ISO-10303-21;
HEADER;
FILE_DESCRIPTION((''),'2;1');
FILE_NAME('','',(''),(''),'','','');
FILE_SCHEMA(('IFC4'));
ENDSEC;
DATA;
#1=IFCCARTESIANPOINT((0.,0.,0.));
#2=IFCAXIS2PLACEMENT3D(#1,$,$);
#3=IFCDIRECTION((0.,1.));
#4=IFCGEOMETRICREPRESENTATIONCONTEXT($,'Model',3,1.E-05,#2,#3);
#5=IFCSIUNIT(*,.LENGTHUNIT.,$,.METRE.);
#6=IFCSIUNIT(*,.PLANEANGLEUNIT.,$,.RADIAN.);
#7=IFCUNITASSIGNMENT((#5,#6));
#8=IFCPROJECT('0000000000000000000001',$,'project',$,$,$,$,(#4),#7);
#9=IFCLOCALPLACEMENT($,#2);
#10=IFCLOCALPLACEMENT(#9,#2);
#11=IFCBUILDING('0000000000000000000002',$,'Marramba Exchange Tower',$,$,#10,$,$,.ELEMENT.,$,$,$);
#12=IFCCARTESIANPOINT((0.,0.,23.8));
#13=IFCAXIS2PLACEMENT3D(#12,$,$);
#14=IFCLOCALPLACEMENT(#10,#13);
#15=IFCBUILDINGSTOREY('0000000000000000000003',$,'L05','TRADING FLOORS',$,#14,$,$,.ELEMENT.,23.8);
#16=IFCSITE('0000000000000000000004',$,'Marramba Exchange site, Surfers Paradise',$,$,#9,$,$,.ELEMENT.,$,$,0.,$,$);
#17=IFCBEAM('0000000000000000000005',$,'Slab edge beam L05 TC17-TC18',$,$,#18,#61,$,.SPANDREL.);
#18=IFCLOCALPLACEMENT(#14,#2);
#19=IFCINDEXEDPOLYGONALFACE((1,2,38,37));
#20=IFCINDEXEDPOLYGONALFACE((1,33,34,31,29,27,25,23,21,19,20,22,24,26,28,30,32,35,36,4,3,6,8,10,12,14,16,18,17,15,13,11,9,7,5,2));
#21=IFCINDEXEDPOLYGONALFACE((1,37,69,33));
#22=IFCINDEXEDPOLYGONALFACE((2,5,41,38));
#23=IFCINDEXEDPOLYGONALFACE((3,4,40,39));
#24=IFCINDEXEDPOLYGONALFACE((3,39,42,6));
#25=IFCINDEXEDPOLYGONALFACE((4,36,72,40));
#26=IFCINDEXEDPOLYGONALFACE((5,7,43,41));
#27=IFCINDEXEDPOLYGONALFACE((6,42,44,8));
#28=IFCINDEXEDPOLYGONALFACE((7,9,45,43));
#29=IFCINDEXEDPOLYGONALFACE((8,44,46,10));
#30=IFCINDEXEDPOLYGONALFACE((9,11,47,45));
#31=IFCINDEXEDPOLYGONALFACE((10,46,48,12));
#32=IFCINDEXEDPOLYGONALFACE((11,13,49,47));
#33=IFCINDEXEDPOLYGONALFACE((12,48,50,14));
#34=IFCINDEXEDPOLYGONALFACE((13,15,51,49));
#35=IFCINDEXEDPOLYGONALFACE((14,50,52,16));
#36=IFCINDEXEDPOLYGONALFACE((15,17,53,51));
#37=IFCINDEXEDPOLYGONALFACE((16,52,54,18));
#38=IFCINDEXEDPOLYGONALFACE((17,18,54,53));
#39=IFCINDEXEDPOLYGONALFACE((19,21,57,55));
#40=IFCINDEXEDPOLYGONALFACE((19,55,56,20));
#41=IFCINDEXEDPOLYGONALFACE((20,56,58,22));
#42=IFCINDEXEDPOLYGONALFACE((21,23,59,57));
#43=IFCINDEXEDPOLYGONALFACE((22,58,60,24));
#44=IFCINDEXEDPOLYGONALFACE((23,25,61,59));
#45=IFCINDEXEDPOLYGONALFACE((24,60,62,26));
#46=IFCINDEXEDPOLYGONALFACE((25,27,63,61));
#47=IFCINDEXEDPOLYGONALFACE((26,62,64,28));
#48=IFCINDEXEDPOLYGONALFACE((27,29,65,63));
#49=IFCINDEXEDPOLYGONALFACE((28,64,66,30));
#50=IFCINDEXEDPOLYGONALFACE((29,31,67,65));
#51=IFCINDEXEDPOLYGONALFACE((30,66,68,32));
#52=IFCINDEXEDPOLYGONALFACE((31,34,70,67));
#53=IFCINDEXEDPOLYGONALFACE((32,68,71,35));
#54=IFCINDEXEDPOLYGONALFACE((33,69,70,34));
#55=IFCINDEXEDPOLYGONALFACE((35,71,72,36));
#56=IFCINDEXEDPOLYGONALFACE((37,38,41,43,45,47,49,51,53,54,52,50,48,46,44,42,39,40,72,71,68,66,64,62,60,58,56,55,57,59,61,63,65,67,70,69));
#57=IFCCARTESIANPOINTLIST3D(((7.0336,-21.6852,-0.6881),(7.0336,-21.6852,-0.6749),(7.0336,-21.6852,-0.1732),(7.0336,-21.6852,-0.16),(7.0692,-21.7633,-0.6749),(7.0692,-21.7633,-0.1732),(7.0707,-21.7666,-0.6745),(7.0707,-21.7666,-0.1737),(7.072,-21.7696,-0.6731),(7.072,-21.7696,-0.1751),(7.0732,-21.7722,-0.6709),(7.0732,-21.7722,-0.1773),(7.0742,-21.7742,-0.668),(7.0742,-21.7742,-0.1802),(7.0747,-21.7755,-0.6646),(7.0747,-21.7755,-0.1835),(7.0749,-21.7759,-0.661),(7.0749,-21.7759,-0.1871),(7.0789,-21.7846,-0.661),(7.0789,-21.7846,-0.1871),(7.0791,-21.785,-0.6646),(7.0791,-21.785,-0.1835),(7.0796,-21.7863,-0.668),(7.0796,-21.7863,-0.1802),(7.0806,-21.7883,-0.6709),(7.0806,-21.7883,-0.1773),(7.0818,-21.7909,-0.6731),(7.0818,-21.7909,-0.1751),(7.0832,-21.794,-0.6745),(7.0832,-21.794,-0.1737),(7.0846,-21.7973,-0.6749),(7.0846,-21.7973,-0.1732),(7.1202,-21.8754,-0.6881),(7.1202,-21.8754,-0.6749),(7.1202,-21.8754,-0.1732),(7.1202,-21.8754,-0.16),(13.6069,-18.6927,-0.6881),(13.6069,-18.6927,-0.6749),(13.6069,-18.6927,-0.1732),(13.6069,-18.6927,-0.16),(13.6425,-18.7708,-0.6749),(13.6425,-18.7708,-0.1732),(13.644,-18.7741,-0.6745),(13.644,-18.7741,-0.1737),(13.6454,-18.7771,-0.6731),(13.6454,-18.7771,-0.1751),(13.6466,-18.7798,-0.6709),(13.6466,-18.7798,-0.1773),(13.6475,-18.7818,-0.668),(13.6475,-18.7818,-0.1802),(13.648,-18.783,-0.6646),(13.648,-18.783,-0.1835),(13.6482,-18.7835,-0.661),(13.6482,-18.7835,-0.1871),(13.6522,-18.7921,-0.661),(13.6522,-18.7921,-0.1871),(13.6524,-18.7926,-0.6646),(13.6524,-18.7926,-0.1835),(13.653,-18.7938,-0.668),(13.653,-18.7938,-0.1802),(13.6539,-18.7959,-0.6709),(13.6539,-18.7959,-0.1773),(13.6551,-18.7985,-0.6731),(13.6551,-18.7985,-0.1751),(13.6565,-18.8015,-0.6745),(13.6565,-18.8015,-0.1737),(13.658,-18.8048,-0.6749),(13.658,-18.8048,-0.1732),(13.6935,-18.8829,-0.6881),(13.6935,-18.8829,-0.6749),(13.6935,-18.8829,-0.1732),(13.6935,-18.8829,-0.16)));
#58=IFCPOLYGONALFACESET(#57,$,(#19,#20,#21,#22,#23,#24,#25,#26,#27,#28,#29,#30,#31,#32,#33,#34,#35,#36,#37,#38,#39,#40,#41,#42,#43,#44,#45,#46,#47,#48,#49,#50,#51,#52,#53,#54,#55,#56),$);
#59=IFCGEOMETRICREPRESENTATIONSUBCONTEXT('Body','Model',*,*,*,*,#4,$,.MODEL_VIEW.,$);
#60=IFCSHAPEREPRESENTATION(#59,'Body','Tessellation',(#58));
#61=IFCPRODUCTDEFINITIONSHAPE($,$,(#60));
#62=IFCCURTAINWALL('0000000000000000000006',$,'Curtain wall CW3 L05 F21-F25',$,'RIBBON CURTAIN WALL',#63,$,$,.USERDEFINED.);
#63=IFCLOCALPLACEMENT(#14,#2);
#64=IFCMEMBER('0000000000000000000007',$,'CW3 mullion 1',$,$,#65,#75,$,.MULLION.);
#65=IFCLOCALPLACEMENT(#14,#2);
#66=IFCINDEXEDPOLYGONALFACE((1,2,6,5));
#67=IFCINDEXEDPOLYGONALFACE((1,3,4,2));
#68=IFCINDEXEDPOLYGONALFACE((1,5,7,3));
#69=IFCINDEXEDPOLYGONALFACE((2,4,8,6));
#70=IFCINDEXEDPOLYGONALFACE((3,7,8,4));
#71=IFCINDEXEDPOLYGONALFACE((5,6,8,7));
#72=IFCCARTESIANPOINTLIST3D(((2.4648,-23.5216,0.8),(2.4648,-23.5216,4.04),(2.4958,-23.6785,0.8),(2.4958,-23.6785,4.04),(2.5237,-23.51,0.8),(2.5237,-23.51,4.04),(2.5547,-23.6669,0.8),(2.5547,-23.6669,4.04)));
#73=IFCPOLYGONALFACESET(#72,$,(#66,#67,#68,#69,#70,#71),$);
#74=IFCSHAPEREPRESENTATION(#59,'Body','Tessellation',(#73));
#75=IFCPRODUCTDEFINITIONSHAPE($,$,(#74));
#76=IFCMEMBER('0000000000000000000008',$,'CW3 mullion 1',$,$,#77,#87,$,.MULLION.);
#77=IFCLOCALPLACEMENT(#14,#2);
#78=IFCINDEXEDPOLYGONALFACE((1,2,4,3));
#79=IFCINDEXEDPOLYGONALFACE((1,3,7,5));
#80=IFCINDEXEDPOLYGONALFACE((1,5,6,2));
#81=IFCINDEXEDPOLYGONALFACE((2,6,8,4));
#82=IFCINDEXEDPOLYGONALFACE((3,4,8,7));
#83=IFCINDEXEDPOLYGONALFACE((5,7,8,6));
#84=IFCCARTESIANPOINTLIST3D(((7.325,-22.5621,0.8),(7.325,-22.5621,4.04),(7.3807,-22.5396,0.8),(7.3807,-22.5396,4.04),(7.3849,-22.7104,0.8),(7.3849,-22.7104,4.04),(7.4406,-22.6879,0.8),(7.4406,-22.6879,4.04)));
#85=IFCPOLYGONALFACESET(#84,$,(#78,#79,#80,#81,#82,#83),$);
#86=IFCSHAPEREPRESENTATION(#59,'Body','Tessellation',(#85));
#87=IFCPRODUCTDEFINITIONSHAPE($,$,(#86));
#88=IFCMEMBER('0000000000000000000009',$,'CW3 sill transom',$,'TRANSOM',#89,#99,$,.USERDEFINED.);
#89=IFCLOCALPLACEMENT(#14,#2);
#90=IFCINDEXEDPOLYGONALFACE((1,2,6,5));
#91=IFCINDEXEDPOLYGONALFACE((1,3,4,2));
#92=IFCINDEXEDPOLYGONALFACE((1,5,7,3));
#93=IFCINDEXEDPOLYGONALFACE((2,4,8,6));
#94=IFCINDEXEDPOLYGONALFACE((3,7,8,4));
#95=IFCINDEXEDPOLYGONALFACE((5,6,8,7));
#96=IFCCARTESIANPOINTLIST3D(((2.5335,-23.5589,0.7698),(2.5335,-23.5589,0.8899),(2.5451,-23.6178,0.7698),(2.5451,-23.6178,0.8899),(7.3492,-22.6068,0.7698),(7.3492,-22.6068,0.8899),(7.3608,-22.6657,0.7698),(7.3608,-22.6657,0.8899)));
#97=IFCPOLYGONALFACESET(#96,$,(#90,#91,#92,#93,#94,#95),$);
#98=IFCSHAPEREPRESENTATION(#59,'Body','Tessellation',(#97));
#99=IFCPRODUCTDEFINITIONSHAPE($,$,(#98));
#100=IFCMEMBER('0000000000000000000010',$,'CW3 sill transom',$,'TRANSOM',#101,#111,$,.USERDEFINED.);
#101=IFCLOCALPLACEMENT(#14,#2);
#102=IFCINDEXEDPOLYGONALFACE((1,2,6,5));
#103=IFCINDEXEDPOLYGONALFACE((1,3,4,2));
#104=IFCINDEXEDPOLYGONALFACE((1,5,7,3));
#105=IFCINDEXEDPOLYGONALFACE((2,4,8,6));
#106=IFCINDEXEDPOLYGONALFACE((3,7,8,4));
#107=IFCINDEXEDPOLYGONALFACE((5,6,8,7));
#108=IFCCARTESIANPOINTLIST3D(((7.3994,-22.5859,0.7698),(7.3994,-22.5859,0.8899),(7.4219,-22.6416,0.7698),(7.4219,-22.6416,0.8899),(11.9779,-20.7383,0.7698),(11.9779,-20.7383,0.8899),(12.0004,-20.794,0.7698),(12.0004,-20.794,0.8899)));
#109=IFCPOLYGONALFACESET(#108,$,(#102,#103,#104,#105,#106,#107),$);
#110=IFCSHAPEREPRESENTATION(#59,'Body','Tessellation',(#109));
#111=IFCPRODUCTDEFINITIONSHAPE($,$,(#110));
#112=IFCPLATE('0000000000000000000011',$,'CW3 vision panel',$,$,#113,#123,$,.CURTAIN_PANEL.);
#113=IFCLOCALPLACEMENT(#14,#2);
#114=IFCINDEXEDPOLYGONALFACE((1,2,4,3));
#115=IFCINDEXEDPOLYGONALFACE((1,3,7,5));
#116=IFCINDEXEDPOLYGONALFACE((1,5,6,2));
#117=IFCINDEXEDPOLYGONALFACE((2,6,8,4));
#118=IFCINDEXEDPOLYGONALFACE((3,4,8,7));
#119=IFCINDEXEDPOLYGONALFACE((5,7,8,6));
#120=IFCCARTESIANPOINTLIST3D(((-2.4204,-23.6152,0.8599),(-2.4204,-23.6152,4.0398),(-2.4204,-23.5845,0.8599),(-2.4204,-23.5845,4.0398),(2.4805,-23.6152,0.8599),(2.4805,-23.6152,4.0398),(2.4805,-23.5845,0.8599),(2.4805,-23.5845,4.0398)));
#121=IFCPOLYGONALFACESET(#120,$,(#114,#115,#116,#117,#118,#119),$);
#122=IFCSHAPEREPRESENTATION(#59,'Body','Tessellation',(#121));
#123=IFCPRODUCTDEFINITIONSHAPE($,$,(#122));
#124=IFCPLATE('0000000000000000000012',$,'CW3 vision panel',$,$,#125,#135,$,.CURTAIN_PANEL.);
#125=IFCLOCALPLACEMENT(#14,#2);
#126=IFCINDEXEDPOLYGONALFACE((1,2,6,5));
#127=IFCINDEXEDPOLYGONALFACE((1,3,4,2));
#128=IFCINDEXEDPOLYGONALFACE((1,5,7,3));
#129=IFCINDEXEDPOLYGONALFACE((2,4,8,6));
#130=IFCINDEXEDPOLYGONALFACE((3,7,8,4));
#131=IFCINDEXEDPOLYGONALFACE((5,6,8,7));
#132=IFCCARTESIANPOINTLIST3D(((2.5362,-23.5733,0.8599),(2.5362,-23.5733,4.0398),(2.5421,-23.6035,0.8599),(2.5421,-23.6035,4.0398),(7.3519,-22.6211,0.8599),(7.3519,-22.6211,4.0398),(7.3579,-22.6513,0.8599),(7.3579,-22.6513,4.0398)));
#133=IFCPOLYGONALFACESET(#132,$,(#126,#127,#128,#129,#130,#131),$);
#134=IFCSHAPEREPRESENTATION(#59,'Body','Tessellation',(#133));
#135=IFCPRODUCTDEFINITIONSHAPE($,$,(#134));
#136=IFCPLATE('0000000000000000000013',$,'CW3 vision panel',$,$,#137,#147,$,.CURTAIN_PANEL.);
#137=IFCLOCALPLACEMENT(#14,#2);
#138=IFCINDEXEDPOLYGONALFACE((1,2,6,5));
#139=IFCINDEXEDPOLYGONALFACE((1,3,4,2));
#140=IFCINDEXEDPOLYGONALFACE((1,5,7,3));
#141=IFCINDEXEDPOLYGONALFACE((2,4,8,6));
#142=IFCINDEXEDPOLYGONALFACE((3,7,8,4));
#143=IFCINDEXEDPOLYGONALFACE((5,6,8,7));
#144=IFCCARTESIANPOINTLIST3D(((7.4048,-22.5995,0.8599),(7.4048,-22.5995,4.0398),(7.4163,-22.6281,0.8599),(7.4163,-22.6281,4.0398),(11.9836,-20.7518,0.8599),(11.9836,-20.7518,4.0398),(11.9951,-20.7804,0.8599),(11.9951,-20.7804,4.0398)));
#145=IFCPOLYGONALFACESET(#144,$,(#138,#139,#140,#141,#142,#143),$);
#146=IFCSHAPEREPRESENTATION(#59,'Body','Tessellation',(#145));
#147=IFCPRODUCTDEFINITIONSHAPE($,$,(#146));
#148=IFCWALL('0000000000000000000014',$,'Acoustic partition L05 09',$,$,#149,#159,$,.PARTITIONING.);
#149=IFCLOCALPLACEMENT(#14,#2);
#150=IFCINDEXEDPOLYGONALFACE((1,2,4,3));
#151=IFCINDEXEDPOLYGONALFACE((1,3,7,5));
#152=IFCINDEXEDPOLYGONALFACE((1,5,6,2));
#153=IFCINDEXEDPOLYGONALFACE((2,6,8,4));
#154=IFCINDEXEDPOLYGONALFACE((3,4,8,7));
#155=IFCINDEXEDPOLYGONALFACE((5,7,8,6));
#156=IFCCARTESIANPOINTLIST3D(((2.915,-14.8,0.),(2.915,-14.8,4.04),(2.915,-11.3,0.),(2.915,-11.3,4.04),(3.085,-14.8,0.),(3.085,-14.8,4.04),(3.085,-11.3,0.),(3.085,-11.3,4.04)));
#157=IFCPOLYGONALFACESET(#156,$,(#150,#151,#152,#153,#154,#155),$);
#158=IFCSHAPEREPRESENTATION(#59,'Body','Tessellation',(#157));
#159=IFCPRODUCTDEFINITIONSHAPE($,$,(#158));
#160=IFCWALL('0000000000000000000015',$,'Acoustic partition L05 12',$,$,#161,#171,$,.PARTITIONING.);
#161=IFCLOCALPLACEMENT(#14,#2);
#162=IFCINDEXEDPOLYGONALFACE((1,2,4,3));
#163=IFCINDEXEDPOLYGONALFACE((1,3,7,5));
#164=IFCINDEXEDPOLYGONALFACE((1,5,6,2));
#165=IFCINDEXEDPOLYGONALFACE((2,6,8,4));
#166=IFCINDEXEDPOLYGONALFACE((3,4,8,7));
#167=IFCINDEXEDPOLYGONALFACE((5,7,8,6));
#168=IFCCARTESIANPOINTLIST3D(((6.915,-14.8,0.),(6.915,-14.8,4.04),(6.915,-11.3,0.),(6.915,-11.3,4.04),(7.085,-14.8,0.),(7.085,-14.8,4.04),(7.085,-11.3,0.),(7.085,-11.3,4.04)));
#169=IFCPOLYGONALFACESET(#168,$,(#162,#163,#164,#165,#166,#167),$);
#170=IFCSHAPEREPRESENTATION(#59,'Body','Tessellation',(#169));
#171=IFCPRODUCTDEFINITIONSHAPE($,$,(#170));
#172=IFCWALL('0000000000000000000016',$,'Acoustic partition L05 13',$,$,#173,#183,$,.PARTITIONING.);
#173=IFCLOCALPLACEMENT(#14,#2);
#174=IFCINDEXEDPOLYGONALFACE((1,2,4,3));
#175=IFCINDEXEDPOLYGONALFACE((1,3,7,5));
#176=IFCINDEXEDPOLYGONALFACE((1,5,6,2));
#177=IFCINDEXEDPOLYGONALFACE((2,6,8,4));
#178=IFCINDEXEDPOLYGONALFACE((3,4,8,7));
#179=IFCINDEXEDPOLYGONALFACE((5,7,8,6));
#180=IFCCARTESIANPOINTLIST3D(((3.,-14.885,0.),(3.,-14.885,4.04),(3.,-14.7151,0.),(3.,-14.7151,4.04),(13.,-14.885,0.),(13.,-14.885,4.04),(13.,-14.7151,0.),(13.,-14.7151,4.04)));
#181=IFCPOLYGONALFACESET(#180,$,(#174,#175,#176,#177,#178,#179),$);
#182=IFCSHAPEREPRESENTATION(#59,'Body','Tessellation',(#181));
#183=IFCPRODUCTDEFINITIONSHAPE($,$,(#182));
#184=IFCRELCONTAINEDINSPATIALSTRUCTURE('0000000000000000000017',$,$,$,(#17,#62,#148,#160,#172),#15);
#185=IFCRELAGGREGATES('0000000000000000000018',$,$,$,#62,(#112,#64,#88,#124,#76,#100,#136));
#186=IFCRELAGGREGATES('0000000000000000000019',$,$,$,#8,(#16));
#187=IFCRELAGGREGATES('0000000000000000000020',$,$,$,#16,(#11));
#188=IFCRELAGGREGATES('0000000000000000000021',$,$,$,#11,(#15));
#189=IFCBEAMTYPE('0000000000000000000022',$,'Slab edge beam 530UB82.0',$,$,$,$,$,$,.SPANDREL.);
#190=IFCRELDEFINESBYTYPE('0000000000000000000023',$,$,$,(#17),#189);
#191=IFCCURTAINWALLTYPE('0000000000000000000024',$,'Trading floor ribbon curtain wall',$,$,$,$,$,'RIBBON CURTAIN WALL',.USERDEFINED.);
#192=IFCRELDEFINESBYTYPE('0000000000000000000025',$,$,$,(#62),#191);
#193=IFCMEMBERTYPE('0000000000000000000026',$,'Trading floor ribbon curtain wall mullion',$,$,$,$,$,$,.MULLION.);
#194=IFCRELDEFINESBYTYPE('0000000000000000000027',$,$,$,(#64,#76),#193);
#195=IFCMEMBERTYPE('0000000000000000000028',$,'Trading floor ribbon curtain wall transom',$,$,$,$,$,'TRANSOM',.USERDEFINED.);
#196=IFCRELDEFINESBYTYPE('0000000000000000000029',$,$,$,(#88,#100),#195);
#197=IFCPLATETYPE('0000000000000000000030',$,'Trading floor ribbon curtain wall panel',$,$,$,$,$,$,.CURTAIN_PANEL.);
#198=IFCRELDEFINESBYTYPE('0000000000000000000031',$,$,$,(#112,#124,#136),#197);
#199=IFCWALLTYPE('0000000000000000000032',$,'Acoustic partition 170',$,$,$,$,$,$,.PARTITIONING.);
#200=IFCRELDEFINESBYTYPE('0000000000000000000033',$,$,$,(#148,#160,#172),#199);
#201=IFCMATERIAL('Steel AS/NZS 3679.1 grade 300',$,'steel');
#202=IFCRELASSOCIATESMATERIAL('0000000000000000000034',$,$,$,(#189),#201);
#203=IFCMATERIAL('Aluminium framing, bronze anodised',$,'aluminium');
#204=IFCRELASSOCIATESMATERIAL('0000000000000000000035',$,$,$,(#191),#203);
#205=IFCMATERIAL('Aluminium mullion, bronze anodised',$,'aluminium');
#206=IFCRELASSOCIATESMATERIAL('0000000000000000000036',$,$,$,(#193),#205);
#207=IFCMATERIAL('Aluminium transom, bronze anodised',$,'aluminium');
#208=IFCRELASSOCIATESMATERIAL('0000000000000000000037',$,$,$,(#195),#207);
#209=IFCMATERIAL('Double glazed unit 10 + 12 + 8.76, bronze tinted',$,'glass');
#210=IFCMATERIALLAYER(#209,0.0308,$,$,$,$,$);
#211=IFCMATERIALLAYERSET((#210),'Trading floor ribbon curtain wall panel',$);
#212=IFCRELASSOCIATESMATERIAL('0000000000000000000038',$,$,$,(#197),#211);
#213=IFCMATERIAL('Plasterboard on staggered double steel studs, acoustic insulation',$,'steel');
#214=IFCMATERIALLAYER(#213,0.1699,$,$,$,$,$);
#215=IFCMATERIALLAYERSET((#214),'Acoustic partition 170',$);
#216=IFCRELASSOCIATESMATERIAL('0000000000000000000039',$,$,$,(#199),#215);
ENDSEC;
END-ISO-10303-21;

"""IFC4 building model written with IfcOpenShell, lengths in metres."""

from ifc_helpers import new_model, si_unit, direction, frame, frame_2d, origin, origin_2d, place, context, subcontext, project, spatial, rectangle, i_section, extrude, material, layer, layer_set, material_profile, profile_set, type_object, element, aggregate, save


model = new_model("IFC4")

# Units and contexts
model_context = context("Model", 3, precision=1e-05, world=origin(), true_north=direction((0.0, 1.0)))
body_context = subcontext(model_context, "Body", "Model", "MODEL_VIEW")
ifc_project = project(units=[si_unit("LENGTHUNIT", "METRE"), si_unit("PLANEANGLEUNIT", "RADIAN")], contexts=[model_context])

# Site, building, storey
site_placement = place(None, origin())
site = spatial("IfcSite", under=ifc_project, at=site_placement, Name="Marramba Exchange site, Surfers Paradise", CompositionType="ELEMENT", RefElevation=0.0)
building_placement = place(site_placement, origin())
building = spatial("IfcBuilding", under=site, at=building_placement, Name="Marramba Exchange Tower", CompositionType="ELEMENT")
storey_placement = place(building_placement, frame((0.0, 0.0, 23.8)))
storey = spatial("IfcBuildingStorey", under=building, at=storey_placement, Name="L05", Description="TRADING FLOORS", CompositionType="ELEMENT", Elevation=23.8)

# Beam
ifc_material_1 = material(Name="Steel AS/NZS 3679.1 grade 300", Category="steel")
ifc_material_profile_1 = material_profile(ifc_material_1, i_section(OverallWidth=0.209, OverallDepth=0.5281, WebThickness=0.0095, FlangeThickness=0.0132, FilletRadius=0.0139, at=origin_2d()), Name="530UB82.0")
ifc_profile_set_1 = profile_set([ifc_material_profile_1], Name="Steel AS/NZS 3679.1 grade 300")
beam_type_1 = type_object("IfcBeamType", Name="Slab edge beam 530UB82.0", PredefinedType="SPANDREL", material=ifc_profile_set_1)
beam_1_placement = place(storey_placement, frame((7.0769, -21.7803, -0.4241), z_axis=(0.910127, 0.41433, 0.0), x_axis=(-0.41433, 0.910127, 0.0)))
element("IfcBeam", 1, at=beam_1_placement, inside=storey, type_object=beam_type_1, Name="Slab edge beam L05 TC17-TC18", PredefinedType="SPANDREL", context=body_context, shape_type="SweptSolid", body=[
    extrude(i_section(OverallWidth=0.209, OverallDepth=0.5281, WebThickness=0.0095, FlangeThickness=0.0132, FilletRadius=0.0139, at=origin_2d()), origin(), (0.0, 0.0, 1.0), 7.2224),
])

# Curtain wall, members, plates
ifc_material_2 = material(Name="Aluminium framing, bronze anodised", Category="aluminium")
curtain_wall_type = type_object("IfcCurtainWallType", Name="Trading floor ribbon curtain wall", ElementType="RIBBON CURTAIN WALL", PredefinedType="USERDEFINED", material=ifc_material_2)
curtain_wall_placement = place(storey_placement, origin())
curtain_wall = element("IfcCurtainWall", 2, at=curtain_wall_placement, inside=storey, type_object=curtain_wall_type, Name="Curtain wall CW3 L05 F21-F25", ObjectType="RIBBON CURTAIN WALL", PredefinedType="USERDEFINED")
ifc_material_3 = material(Name="Aluminium mullion, bronze anodised", Category="aluminium")
ifc_material_profile_2 = material_profile(ifc_material_3, rectangle(XDim=0.1599, YDim=0.0601, at=origin_2d()), Name="CW3 mullion 60x160")
ifc_profile_set_2 = profile_set([ifc_material_profile_2], Name="Aluminium mullion, bronze anodised")
member_type_1 = type_object("IfcMemberType", Name="Trading floor ribbon curtain wall mullion", PredefinedType="MULLION", material=ifc_profile_set_2)
member_1_placement = place(storey_placement, frame((2.5098, -23.5942, 0.8), z_axis=(0.0, 0.0, 1.0), x_axis=(-0.193961, 0.981009, 0.0)))
member_1 = element("IfcMember", 3, at=member_1_placement, type_object=member_type_1, Name="CW3 mullion 1", PredefinedType="MULLION", context=body_context, shape_type="SweptSolid", body=[
    extrude(rectangle(XDim=0.1599, YDim=0.0601, at=origin_2d()), origin(), (0.0, 0.0, 1.0), 3.24),
])
member_2_placement = place(storey_placement, frame((7.3828, -22.625, 0.8), z_axis=(0.0, 0.0, 1.0), x_axis=(-0.374218, 0.927341, 0.0)))
member_2 = element("IfcMember", 4, at=member_2_placement, type_object=member_type_1, Name="CW3 mullion 1", PredefinedType="MULLION", context=body_context, shape_type="SweptSolid", body=[
    extrude(rectangle(XDim=0.1599, YDim=0.0601, at=origin_2d()), origin(), (0.0, 0.0, 1.0), 3.24),
])
ifc_material_4 = material(Name="Aluminium transom, bronze anodised", Category="aluminium")
ifc_material_profile_3 = material_profile(ifc_material_4, rectangle(XDim=0.0601, YDim=0.1201, at=origin_2d()), Name="CW3 transom 60x120")
ifc_profile_set_3 = profile_set([ifc_material_profile_3], Name="Aluminium transom, bronze anodised")
member_type_2 = type_object("IfcMemberType", Name="Trading floor ribbon curtain wall transom", ElementType="TRANSOM", PredefinedType="USERDEFINED", material=ifc_profile_set_3)
member_3_placement = place(storey_placement, frame((2.5393, -23.5884, 0.8298), z_axis=(0.981009, 0.193964, 0.0), x_axis=(-0.193964, 0.981009, 0.0)))
member_3 = element("IfcMember", 5, at=member_3_placement, type_object=member_type_2, Name="CW3 sill transom", ObjectType="TRANSOM", PredefinedType="USERDEFINED", context=body_context, shape_type="SweptSolid", body=[
    extrude(rectangle(XDim=0.0601, YDim=0.1201, at=origin_2d()), origin(), (0.0, 0.0, 1.0), 4.9089),
])
member_4_placement = place(storey_placement, frame((7.4106, -22.6138, 0.8298), z_axis=(0.92734, 0.374219, 0.0), x_axis=(-0.374219, 0.92734, 0.0)))
member_4 = element("IfcMember", 6, at=member_4_placement, type_object=member_type_2, Name="CW3 sill transom", ObjectType="TRANSOM", PredefinedType="USERDEFINED", context=body_context, shape_type="SweptSolid", body=[
    extrude(rectangle(XDim=0.0601, YDim=0.1201, at=origin_2d()), origin(), (0.0, 0.0, 1.0), 4.9373),
])
ifc_material_5 = material(Name="Double glazed unit 10 + 12 + 8.76, bronze tinted", Category="glass")
ifc_layer_1 = layer(ifc_material_5, 0.0308)
ifc_layer_set_1 = layer_set([ifc_layer_1], Name="Trading floor ribbon curtain wall panel")
plate_type = type_object("IfcPlateType", Name="Trading floor ribbon curtain wall panel", PredefinedType="CURTAIN_PANEL", material=ifc_layer_set_1)
plate_1_placement = place(storey_placement, frame((0.03, -23.5999, 0.8599), z_axis=(0.0, 0.0, 1.0), x_axis=(1.0, 0.0, 0.0)))
plate_1 = element("IfcPlate", 7, at=plate_1_placement, type_object=plate_type, Name="CW3 vision panel", PredefinedType="CURTAIN_PANEL", context=body_context, shape_type="SweptSolid", body=[
    extrude(rectangle(XDim=4.9009, YDim=0.0308, at=origin_2d()), origin(), (0.0, 0.0, 1.0), 3.1799),
])
plate_2_placement = place(storey_placement, frame((4.947, -23.1123, 0.8599), z_axis=(0.0, 0.0, 1.0), x_axis=(0.981009, 0.193961, 0.0)))
plate_2 = element("IfcPlate", 8, at=plate_2_placement, type_object=plate_type, Name="CW3 vision panel", PredefinedType="CURTAIN_PANEL", context=body_context, shape_type="SweptSolid", body=[
    extrude(rectangle(XDim=4.9089, YDim=0.0308, at=origin_2d()), origin(), (0.0, 0.0, 1.0), 3.1799),
])
plate_3_placement = place(storey_placement, frame((9.7, -21.6899, 0.8599), z_axis=(0.0, 0.0, 1.0), x_axis=(0.927341, 0.374218, 0.0)))
plate_3 = element("IfcPlate", 9, at=plate_3_placement, type_object=plate_type, Name="CW3 vision panel", PredefinedType="CURTAIN_PANEL", context=body_context, shape_type="SweptSolid", body=[
    extrude(rectangle(XDim=4.9375, YDim=0.0308, at=origin_2d()), origin(), (0.0, 0.0, 1.0), 3.1799),
])
aggregate(curtain_wall, [plate_1, member_1, member_3, plate_2, member_2, member_4, plate_3])

# Walls
ifc_material_6 = material(Name="Plasterboard on staggered double steel studs, acoustic insulation", Category="steel")
ifc_layer_2 = layer(ifc_material_6, 0.1699)
ifc_layer_set_2 = layer_set([ifc_layer_2], Name="Acoustic partition 170")
wall_type_1 = type_object("IfcWallType", Name="Acoustic partition 170", PredefinedType="PARTITIONING", material=ifc_layer_set_2)
for number, where, z_axis, x_axis, name in (
    (10, (3.0, -11.3, 0.0), (0.0, 0.0, 1.0), (0.0, -1.0, 0.0), "Acoustic partition L05 09"),
    (11, (7.0, -11.3, 0.0), (0.0, 0.0, 1.0), (0.0, -1.0, 0.0), "Acoustic partition L05 12"),
):
    element("IfcWall", number, at=place(storey_placement, frame(where, z_axis=z_axis, x_axis=x_axis)), inside=storey, type_object=wall_type_1, Name=name, PredefinedType="PARTITIONING", context=body_context, shape_type="SweptSolid", body=[
        extrude(rectangle(XDim=3.5, YDim=0.1699, at=frame_2d((1.75, 0.0))), origin(), (0.0, 0.0, 1.0), 4.04),
    ])
wall_1_placement = place(storey_placement, frame((3.0, -14.8, 0.0), z_axis=(0.0, 0.0, 1.0), x_axis=(1.0, 0.0, 0.0)))
element("IfcWall", 12, at=wall_1_placement, inside=storey, type_object=wall_type_1, Name="Acoustic partition L05 13", PredefinedType="PARTITIONING", context=body_context, shape_type="SweptSolid", body=[
    extrude(rectangle(XDim=10.0, YDim=0.1699, at=frame_2d((5.0, 0.0))), origin(), (0.0, 0.0, 1.0), 4.04),
])

save(model, "model.ifc")
